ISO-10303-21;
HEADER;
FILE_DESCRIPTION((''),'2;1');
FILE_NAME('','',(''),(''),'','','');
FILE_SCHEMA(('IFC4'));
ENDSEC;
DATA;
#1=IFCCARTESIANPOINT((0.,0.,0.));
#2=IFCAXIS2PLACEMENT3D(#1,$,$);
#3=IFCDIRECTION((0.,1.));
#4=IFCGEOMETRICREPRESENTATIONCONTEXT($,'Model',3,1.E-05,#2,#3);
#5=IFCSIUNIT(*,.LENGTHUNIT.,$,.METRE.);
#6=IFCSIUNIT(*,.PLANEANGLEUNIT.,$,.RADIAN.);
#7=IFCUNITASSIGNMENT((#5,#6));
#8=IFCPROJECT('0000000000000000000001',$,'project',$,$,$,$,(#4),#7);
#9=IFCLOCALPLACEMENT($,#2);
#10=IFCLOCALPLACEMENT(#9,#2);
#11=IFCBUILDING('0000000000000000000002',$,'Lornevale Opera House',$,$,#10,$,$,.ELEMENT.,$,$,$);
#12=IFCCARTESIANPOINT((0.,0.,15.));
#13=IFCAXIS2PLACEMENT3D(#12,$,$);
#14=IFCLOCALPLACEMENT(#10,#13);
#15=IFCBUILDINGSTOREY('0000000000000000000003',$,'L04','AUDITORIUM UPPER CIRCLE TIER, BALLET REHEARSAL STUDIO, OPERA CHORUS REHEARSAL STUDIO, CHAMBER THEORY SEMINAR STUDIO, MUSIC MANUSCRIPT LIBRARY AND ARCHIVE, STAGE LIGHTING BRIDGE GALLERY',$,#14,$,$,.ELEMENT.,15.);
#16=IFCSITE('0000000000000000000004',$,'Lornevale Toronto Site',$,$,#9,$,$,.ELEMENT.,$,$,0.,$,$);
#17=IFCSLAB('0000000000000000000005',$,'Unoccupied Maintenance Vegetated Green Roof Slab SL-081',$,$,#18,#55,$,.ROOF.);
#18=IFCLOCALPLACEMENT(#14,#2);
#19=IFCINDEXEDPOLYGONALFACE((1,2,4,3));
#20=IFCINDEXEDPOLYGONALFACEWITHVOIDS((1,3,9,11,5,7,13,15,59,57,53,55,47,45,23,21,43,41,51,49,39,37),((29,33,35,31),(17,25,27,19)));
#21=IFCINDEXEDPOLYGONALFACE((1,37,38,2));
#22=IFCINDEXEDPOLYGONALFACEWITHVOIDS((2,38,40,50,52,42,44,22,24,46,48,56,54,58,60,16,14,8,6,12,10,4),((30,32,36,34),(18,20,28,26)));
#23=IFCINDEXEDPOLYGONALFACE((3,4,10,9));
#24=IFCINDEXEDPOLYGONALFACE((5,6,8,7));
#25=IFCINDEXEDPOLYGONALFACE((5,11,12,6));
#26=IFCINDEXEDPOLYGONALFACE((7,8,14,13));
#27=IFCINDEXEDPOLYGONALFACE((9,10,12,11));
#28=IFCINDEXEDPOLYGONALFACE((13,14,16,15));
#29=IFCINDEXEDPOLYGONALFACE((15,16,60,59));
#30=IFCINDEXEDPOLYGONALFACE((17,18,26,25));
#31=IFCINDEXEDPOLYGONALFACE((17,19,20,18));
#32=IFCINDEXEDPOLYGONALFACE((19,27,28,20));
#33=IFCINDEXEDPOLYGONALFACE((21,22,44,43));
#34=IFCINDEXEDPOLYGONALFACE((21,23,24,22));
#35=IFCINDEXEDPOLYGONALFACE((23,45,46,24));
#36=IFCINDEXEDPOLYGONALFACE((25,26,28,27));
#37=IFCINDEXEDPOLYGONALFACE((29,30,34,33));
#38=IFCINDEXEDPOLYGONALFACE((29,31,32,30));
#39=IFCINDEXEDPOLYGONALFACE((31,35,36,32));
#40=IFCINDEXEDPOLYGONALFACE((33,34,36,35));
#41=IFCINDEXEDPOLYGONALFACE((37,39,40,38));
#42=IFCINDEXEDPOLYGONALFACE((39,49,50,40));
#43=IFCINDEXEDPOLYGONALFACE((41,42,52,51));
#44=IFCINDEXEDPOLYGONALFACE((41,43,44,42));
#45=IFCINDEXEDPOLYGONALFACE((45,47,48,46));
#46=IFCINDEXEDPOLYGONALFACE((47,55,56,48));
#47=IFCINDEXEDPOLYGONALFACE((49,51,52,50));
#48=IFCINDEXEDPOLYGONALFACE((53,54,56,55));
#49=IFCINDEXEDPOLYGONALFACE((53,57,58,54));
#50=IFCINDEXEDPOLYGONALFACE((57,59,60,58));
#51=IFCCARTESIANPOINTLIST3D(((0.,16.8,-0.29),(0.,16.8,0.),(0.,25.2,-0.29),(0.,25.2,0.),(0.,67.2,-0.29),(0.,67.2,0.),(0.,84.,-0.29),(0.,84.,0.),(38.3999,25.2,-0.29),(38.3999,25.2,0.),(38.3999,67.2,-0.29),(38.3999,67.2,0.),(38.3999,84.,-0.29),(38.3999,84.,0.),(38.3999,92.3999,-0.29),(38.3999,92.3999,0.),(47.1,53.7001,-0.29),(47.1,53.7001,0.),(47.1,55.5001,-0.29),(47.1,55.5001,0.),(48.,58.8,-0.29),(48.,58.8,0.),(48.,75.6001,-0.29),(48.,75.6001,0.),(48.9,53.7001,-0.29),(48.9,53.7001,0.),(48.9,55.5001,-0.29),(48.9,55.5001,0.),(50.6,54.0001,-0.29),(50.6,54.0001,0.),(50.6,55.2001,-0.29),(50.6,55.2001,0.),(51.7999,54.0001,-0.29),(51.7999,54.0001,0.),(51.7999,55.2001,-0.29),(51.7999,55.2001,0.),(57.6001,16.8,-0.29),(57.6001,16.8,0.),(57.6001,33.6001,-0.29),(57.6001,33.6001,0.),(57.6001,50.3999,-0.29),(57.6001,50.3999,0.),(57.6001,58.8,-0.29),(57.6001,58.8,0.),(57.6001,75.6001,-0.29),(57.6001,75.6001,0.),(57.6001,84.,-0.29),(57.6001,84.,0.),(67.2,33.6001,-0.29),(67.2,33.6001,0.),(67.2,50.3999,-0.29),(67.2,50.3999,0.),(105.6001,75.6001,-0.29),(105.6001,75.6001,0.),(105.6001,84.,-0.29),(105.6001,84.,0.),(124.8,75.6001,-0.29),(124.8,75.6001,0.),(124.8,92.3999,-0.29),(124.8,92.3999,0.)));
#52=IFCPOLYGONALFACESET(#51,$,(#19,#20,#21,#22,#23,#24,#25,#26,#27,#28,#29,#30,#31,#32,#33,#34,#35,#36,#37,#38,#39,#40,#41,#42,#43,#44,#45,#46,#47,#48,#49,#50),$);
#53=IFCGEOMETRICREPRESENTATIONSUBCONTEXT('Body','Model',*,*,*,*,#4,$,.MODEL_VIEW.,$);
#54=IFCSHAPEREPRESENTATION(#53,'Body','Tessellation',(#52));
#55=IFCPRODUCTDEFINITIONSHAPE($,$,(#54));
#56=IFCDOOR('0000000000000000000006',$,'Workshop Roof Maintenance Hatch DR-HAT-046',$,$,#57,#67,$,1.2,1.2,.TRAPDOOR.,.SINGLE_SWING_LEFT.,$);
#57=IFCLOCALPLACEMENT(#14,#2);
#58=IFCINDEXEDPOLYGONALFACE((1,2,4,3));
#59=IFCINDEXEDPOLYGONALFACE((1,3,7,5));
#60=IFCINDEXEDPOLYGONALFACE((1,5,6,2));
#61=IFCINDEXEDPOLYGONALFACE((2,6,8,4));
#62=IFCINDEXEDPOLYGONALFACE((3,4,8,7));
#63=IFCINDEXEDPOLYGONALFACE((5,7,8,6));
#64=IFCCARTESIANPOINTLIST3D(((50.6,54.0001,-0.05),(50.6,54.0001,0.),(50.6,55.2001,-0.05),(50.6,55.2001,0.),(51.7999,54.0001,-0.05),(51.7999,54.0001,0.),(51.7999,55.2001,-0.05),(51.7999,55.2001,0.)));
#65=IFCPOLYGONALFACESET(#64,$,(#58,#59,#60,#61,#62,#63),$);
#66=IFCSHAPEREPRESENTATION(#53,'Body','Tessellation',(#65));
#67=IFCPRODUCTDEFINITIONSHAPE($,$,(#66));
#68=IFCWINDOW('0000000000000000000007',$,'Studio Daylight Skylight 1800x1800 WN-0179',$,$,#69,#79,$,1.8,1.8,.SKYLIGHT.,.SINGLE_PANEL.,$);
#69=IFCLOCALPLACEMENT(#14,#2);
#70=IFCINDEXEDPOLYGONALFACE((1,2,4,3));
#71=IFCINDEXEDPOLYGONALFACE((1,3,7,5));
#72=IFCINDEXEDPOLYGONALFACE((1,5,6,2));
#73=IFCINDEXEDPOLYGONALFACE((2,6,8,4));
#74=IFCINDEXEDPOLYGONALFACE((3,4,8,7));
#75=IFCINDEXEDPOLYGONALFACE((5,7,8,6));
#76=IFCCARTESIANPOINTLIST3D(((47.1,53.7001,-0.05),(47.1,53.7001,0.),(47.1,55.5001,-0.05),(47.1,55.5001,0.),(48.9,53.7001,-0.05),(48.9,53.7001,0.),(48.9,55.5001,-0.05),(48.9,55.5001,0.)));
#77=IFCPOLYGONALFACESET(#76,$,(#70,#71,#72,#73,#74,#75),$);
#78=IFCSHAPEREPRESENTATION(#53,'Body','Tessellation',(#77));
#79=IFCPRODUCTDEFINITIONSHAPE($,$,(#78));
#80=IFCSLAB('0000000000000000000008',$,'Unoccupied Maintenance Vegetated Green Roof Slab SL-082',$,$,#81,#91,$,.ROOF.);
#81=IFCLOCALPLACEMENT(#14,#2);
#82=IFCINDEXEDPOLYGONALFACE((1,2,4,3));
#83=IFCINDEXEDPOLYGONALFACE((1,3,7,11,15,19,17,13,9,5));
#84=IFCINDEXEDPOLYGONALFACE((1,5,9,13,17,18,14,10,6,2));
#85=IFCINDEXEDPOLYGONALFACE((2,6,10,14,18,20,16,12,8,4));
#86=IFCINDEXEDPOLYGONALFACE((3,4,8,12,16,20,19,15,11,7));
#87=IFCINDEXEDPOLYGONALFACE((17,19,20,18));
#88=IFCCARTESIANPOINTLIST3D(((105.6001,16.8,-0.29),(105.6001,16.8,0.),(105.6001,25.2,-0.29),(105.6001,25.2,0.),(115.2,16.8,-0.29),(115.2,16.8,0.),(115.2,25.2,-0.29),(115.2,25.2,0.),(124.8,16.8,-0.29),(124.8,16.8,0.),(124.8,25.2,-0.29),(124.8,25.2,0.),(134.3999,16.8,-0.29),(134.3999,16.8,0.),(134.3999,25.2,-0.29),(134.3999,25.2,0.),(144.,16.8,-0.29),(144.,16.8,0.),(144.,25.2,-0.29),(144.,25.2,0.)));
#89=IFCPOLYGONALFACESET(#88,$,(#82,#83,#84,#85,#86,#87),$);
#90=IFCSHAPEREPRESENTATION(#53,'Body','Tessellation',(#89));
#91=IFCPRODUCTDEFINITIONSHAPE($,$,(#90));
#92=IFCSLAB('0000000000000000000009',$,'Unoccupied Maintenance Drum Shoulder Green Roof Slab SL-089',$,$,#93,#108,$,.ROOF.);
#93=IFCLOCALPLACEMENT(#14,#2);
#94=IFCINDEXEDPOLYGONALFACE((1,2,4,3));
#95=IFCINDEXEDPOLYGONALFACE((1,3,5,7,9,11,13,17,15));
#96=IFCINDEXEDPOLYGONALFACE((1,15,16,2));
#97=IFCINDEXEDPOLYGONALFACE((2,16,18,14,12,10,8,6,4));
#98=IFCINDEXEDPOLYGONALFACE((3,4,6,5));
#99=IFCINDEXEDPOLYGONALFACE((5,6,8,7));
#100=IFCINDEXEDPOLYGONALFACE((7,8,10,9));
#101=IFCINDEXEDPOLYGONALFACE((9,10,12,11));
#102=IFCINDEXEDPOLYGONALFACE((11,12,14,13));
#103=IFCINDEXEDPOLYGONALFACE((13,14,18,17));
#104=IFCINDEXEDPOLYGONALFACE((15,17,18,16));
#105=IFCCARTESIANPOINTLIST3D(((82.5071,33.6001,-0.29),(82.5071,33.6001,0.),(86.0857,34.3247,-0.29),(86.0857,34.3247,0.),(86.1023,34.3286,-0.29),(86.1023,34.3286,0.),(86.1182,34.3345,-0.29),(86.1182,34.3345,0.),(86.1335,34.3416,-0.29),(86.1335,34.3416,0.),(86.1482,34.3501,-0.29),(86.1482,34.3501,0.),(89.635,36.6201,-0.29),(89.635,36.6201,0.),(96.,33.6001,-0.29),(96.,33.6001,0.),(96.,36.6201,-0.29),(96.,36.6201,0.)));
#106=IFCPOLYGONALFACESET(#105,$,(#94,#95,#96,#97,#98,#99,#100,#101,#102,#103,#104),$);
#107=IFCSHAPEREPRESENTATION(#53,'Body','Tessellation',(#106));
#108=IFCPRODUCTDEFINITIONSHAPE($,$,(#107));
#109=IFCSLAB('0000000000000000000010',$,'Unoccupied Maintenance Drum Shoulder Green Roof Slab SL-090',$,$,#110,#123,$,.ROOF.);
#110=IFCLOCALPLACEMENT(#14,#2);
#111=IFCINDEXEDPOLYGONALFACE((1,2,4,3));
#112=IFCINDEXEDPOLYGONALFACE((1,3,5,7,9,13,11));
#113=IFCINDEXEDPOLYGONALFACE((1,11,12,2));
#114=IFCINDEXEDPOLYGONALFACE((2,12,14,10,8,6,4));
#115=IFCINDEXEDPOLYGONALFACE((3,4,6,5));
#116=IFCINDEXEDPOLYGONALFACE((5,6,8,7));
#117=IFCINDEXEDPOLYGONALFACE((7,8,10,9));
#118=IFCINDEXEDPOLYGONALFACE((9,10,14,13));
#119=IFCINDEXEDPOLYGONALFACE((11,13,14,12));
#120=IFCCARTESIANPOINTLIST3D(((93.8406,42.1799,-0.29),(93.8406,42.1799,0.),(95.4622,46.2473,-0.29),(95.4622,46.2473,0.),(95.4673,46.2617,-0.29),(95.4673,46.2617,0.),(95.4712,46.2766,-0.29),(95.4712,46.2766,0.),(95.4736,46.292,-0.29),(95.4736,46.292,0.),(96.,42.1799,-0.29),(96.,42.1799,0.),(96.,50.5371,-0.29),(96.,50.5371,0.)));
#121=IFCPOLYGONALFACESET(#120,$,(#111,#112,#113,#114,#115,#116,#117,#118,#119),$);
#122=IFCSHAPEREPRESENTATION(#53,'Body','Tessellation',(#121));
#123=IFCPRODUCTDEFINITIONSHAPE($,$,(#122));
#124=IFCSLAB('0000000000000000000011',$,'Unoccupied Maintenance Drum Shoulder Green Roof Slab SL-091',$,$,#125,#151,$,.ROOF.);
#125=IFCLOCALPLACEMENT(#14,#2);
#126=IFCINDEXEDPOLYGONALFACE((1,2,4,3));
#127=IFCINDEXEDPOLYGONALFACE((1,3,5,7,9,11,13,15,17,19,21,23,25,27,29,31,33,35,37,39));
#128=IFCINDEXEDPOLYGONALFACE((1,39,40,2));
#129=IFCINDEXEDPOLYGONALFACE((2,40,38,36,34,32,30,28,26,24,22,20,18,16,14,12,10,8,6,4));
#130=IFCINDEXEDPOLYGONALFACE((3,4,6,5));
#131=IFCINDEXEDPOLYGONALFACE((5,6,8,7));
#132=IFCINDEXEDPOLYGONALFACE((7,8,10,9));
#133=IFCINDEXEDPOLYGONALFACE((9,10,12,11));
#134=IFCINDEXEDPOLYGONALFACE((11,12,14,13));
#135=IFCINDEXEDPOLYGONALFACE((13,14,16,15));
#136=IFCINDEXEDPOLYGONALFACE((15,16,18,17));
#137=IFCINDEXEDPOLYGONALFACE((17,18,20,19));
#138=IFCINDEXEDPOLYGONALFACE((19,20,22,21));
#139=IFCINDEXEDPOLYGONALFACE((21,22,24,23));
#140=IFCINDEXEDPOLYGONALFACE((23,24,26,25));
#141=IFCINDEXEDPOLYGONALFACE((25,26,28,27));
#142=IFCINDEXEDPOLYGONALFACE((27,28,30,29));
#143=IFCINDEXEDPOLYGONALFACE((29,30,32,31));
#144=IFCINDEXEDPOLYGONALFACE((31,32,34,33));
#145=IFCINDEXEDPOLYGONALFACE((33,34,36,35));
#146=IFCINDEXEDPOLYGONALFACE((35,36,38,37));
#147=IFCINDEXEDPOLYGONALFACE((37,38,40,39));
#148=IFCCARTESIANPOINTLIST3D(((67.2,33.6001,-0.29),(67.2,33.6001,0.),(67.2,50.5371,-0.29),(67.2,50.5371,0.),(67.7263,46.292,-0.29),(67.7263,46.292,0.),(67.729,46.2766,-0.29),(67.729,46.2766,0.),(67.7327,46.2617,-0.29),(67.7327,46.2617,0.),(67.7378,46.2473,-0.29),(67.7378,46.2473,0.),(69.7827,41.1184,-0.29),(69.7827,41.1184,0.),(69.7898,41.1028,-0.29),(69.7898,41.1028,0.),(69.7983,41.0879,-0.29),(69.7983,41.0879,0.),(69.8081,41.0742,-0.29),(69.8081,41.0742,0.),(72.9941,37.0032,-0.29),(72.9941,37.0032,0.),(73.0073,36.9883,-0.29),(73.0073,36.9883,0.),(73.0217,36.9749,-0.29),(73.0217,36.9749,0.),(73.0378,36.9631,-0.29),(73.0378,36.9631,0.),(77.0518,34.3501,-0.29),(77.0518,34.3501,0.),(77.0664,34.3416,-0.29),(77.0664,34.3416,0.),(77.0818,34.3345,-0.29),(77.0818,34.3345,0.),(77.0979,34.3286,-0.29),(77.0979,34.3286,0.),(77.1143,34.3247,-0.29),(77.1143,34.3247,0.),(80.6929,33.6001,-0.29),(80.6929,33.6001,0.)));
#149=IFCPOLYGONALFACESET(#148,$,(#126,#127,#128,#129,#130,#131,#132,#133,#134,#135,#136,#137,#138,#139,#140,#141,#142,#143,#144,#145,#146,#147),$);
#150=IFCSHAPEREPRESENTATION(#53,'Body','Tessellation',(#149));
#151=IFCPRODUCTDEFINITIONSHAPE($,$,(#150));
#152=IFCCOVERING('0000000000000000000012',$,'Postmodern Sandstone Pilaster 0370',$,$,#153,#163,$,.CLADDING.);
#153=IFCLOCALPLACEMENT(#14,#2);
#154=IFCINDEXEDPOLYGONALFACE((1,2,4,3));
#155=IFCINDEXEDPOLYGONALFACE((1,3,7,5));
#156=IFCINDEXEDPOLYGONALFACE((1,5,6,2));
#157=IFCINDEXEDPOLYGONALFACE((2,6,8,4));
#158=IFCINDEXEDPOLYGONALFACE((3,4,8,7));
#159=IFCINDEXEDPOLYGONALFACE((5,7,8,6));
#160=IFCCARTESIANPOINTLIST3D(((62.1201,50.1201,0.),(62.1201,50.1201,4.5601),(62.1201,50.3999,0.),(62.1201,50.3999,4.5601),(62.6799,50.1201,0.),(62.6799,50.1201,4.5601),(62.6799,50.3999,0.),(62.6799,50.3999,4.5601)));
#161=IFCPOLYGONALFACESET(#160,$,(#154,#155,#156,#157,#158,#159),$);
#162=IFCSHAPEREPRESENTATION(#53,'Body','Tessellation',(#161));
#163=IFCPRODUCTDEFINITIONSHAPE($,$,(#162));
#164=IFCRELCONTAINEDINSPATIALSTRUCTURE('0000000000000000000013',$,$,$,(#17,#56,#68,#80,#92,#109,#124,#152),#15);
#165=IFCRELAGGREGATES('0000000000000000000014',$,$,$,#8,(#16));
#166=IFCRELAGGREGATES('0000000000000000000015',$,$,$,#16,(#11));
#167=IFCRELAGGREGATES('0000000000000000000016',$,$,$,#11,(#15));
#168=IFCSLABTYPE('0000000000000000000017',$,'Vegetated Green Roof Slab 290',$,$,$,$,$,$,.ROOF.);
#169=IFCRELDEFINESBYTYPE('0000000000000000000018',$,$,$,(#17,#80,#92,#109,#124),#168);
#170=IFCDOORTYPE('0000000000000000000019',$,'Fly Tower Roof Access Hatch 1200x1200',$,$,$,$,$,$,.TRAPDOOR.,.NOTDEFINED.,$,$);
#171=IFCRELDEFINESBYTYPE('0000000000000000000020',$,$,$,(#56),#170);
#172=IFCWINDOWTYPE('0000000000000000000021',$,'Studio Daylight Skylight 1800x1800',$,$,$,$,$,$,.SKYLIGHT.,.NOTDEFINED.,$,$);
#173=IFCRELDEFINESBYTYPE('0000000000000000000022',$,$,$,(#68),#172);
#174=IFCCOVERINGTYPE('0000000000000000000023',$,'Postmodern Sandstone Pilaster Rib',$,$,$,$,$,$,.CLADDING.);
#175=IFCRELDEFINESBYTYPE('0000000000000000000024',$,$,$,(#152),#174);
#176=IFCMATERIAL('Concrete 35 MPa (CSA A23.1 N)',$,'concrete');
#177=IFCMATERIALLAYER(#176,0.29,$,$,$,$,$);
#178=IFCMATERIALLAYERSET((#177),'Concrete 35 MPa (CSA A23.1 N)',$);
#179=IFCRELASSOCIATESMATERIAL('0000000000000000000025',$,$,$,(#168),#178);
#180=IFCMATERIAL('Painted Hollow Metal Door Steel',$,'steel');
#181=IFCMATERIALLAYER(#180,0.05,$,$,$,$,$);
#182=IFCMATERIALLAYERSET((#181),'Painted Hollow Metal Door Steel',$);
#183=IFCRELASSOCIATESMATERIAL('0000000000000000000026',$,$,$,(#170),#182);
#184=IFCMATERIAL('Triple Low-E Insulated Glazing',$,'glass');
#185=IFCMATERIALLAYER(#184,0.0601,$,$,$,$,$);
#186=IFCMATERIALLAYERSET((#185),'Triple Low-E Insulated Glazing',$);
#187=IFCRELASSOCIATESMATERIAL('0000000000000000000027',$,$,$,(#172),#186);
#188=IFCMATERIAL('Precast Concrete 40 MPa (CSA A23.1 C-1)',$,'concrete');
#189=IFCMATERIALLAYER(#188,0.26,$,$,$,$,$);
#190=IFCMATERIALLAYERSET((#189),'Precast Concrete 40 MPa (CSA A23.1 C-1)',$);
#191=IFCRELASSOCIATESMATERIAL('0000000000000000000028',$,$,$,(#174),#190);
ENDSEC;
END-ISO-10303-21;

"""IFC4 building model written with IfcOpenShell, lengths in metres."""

from ifc_helpers import new_model, si_unit, direction, frame, origin, origin_2d, place, context, subcontext, project, spatial, polyline, rectangle, outline, extrude, material, layer, layer_set, type_object, element, fill, save


model = new_model("IFC4")

# Units and contexts
model_context = context("Model", 3, precision=1e-05, world=origin(), true_north=direction((0.0, 1.0)))
body_context = subcontext(model_context, "Body", "Model", "MODEL_VIEW")
ifc_project = project(units=[si_unit("LENGTHUNIT", "METRE"), si_unit("PLANEANGLEUNIT", "RADIAN")], contexts=[model_context])

# Site, building, storey
site_placement = place(None, origin())
site = spatial("IfcSite", under=ifc_project, at=site_placement, Name="Lornevale Toronto Site", CompositionType="ELEMENT", RefElevation=0.0)
building_placement = place(site_placement, origin())
building = spatial("IfcBuilding", under=site, at=building_placement, Name="Lornevale Opera House", CompositionType="ELEMENT")
storey_placement = place(building_placement, frame((0.0, 0.0, 15.0)))
storey = spatial("IfcBuildingStorey", under=building, at=storey_placement, Name="L04", Description="AUDITORIUM UPPER CIRCLE TIER, BALLET REHEARSAL STUDIO, OPERA CHORUS REHEARSAL STUDIO, CHAMBER THEORY SEMINAR STUDIO, MUSIC MANUSCRIPT LIBRARY AND ARCHIVE, STAGE LIGHTING BRIDGE GALLERY", CompositionType="ELEMENT", Elevation=15.0)

# Shared definitions
ifc_material_1 = material(Name="Concrete 35 MPa (CSA A23.1 N)", Category="concrete")
ifc_layer_1 = layer(ifc_material_1, 0.29)
ifc_layer_set_1 = layer_set([ifc_layer_1], Name="Concrete 35 MPa (CSA A23.1 N)")
slab_type_1 = type_object("IfcSlabType", Name="Vegetated Green Roof Slab 290", PredefinedType="ROOF", material=ifc_layer_set_1)

# Slab, openings, door, window
slab_1_placement = place(storey_placement, frame((0.0, 0.0, -0.29)))
slab_1 = element("IfcSlab", 1, at=slab_1_placement, inside=storey, type_object=slab_type_1, Name="Unoccupied Maintenance Vegetated Green Roof Slab SL-081", PredefinedType="ROOF", context=body_context, shape_type="SweptSolid", body=[
    extrude(outline(polyline([(28.8, 25.2), (38.3999, 25.2), (38.3999, 33.6001), (38.3999, 42.0), (38.3999, 50.3999), (38.3999, 58.8), (38.3999, 67.2), (28.8, 67.2), (19.2, 67.2), (9.6001, 67.2), (0.0, 67.2), (0.0, 75.6001), (0.0, 84.0), (9.6001, 84.0), (19.2, 84.0), (28.8, 84.0), (38.3999, 84.0), (38.3999, 92.3999), (48.0, 92.3999), (57.6001, 92.3999), (67.2, 92.3999), (76.8, 92.3999), (86.3999, 92.3999), (96.0, 92.3999), (105.6001, 92.3999), (115.2, 92.3999), (124.8, 92.3999), (124.8, 84.0), (124.8, 75.6001), (115.2, 75.6001), (105.6001, 75.6001), (105.6001, 84.0), (96.0, 84.0), (86.3999, 84.0), (76.8, 84.0), (67.2, 84.0), (57.6001, 84.0), (57.6001, 75.6001), (48.0, 75.6001), (48.0, 67.2), (48.0, 58.8), (57.6001, 58.8), (57.6001, 50.3999), (67.2, 50.3999), (67.2, 42.0), (67.2, 33.6001), (57.6001, 33.6001), (57.6001, 25.2), (57.6001, 16.8), (48.0, 16.8), (38.3999, 16.8), (28.8, 16.8), (19.2, 16.8), (9.6001, 16.8), (0.0, 16.8), (0.0, 25.2), (9.6001, 25.2), (19.2, 25.2), (28.8, 25.2)])), origin(), (0.0, 0.0, 1.0), 0.29),
])
opening_1_placement = place(slab_1_placement, frame((48.0, 54.6001, 0.0)))
opening_1 = element("IfcOpeningElement", 2, at=opening_1_placement, cuts=slab_1, PredefinedType="OPENING", context=body_context, shape_type="SweptSolid", body=[
    extrude(rectangle(XDim=1.8, YDim=1.8, at=origin_2d()), origin(), (0.0, 0.0, 1.0), 0.29),
])
opening_2_placement = place(slab_1_placement, frame((51.2, 54.6001, 0.0)))
opening_2 = element("IfcOpeningElement", 3, at=opening_2_placement, cuts=slab_1, PredefinedType="OPENING", context=body_context, shape_type="SweptSolid", body=[
    extrude(rectangle(XDim=1.2, YDim=1.2, at=origin_2d()), origin(), (0.0, 0.0, 1.0), 0.29),
])
ifc_material_2 = material(Name="Painted Hollow Metal Door Steel", Category="steel")
ifc_layer_2 = layer(ifc_material_2, 0.05)
ifc_layer_set_2 = layer_set([ifc_layer_2], Name="Painted Hollow Metal Door Steel")
door_type = type_object("IfcDoorType", Name="Fly Tower Roof Access Hatch 1200x1200", OperationType="NOTDEFINED", PredefinedType="TRAPDOOR", material=ifc_layer_set_2)
door_placement = place(opening_2_placement, frame((0.0, 0.0, 0.24)))
door = element("IfcDoor", 4, at=door_placement, inside=storey, type_object=door_type, Name="Workshop Roof Maintenance Hatch DR-HAT-046", OperationType="SINGLE_SWING_LEFT", OverallHeight=1.2, OverallWidth=1.2, PredefinedType="TRAPDOOR", context=body_context, shape_type="SweptSolid", body=[
    extrude(rectangle(XDim=1.2, YDim=1.2, at=origin_2d()), origin(), (0.0, 0.0, 1.0), 0.05),
])
fill(opening_2, door)
ifc_material_3 = material(Name="Triple Low-E Insulated Glazing", Category="glass")
ifc_layer_3 = layer(ifc_material_3, 0.0601)
ifc_layer_set_3 = layer_set([ifc_layer_3], Name="Triple Low-E Insulated Glazing")
window_type = type_object("IfcWindowType", Name="Studio Daylight Skylight 1800x1800", PartitioningType="NOTDEFINED", PredefinedType="SKYLIGHT", material=ifc_layer_set_3)
window_placement = place(opening_1_placement, frame((0.0, 0.0, 0.24)))
window = element("IfcWindow", 5, at=window_placement, inside=storey, type_object=window_type, Name="Studio Daylight Skylight 1800x1800 WN-0179", OverallHeight=1.8, OverallWidth=1.8, PartitioningType="SINGLE_PANEL", PredefinedType="SKYLIGHT", context=body_context, shape_type="SweptSolid", body=[
    extrude(rectangle(XDim=1.8, YDim=1.8, at=origin_2d()), origin(), (0.0, 0.0, 1.0), 0.05),
])
fill(opening_1, window)

# Slabs
slab_2_placement = place(storey_placement, frame((0.0, 0.0, -0.29)))
element("IfcSlab", 6, at=slab_2_placement, inside=storey, type_object=slab_type_1, Name="Unoccupied Maintenance Vegetated Green Roof Slab SL-082", PredefinedType="ROOF", context=body_context, shape_type="SweptSolid", body=[
    extrude(outline(polyline([(105.6001, 16.8), (105.6001, 25.2), (115.2, 25.2), (124.8, 25.2), (134.3999, 25.2), (144.0, 25.2), (144.0, 16.8), (134.3999, 16.8), (124.8, 16.8), (115.2, 16.8), (105.6001, 16.8)])), origin(), (0.0, 0.0, 1.0), 0.29),
])
slab_3_placement = place(storey_placement, frame((0.0, 0.0, -0.29)))
element("IfcSlab", 7, at=slab_3_placement, inside=storey, type_object=slab_type_1, Name="Unoccupied Maintenance Drum Shoulder Green Roof Slab SL-089", PredefinedType="ROOF", context=body_context, shape_type="SweptSolid", body=[
    extrude(outline(polyline([(96.0, 33.6001), (82.5071, 33.6001), (86.0857, 34.3247), (86.1023, 34.3286), (86.1182, 34.3345), (86.1335, 34.3416), (86.1482, 34.3501), (89.635, 36.6201), (96.0, 36.6201), (96.0, 33.6001)])), origin(), (0.0, 0.0, 1.0), 0.29),
])
slab_4_placement = place(storey_placement, frame((0.0, 0.0, -0.29)))
element("IfcSlab", 8, at=slab_4_placement, inside=storey, type_object=slab_type_1, Name="Unoccupied Maintenance Drum Shoulder Green Roof Slab SL-090", PredefinedType="ROOF", context=body_context, shape_type="SweptSolid", body=[
    extrude(outline(polyline([(96.0, 42.1799), (93.8406, 42.1799), (95.4622, 46.2473), (95.4673, 46.2617), (95.4712, 46.2766), (95.4736, 46.292), (96.0, 50.5371), (96.0, 42.1799)])), origin(), (0.0, 0.0, 1.0), 0.29),
])
slab_5_placement = place(storey_placement, frame((0.0, 0.0, -0.29)))
element("IfcSlab", 9, at=slab_5_placement, inside=storey, type_object=slab_type_1, Name="Unoccupied Maintenance Drum Shoulder Green Roof Slab SL-091", PredefinedType="ROOF", context=body_context, shape_type="SweptSolid", body=[
    extrude(outline(polyline([(67.2, 33.6001), (67.2, 50.5371), (67.7263, 46.292), (67.729, 46.2766), (67.7327, 46.2617), (67.7378, 46.2473), (69.7827, 41.1184), (69.7898, 41.1028), (69.7983, 41.0879), (69.8081, 41.0742), (72.9941, 37.0032), (73.0073, 36.9883), (73.0217, 36.9749), (73.0378, 36.9631), (77.0518, 34.3501), (77.0664, 34.3416), (77.0818, 34.3345), (77.0979, 34.3286), (77.1143, 34.3247), (80.6929, 33.6001), (67.2, 33.6001)])), origin(), (0.0, 0.0, 1.0), 0.29),
])

# Covering
ifc_material_4 = material(Name="Precast Concrete 40 MPa (CSA A23.1 C-1)", Category="concrete")
ifc_layer_4 = layer(ifc_material_4, 0.26)
ifc_layer_set_4 = layer_set([ifc_layer_4], Name="Precast Concrete 40 MPa (CSA A23.1 C-1)")
covering_type_1 = type_object("IfcCoveringType", Name="Postmodern Sandstone Pilaster Rib", PredefinedType="CLADDING", material=ifc_layer_set_4)
covering_1_placement = place(storey_placement, origin())
element("IfcCovering", 10, at=covering_1_placement, inside=storey, type_object=covering_type_1, Name="Postmodern Sandstone Pilaster 0370", PredefinedType="CLADDING", context=body_context, shape_type="SweptSolid", body=[
    extrude(outline(polyline([(62.6799, 50.3999), (62.1201, 50.3999), (62.1201, 50.1201), (62.6799, 50.1201), (62.6799, 50.3999)])), origin(), (0.0, 0.0, 1.0), 4.5601),
])

save(model, "model.ifc")
